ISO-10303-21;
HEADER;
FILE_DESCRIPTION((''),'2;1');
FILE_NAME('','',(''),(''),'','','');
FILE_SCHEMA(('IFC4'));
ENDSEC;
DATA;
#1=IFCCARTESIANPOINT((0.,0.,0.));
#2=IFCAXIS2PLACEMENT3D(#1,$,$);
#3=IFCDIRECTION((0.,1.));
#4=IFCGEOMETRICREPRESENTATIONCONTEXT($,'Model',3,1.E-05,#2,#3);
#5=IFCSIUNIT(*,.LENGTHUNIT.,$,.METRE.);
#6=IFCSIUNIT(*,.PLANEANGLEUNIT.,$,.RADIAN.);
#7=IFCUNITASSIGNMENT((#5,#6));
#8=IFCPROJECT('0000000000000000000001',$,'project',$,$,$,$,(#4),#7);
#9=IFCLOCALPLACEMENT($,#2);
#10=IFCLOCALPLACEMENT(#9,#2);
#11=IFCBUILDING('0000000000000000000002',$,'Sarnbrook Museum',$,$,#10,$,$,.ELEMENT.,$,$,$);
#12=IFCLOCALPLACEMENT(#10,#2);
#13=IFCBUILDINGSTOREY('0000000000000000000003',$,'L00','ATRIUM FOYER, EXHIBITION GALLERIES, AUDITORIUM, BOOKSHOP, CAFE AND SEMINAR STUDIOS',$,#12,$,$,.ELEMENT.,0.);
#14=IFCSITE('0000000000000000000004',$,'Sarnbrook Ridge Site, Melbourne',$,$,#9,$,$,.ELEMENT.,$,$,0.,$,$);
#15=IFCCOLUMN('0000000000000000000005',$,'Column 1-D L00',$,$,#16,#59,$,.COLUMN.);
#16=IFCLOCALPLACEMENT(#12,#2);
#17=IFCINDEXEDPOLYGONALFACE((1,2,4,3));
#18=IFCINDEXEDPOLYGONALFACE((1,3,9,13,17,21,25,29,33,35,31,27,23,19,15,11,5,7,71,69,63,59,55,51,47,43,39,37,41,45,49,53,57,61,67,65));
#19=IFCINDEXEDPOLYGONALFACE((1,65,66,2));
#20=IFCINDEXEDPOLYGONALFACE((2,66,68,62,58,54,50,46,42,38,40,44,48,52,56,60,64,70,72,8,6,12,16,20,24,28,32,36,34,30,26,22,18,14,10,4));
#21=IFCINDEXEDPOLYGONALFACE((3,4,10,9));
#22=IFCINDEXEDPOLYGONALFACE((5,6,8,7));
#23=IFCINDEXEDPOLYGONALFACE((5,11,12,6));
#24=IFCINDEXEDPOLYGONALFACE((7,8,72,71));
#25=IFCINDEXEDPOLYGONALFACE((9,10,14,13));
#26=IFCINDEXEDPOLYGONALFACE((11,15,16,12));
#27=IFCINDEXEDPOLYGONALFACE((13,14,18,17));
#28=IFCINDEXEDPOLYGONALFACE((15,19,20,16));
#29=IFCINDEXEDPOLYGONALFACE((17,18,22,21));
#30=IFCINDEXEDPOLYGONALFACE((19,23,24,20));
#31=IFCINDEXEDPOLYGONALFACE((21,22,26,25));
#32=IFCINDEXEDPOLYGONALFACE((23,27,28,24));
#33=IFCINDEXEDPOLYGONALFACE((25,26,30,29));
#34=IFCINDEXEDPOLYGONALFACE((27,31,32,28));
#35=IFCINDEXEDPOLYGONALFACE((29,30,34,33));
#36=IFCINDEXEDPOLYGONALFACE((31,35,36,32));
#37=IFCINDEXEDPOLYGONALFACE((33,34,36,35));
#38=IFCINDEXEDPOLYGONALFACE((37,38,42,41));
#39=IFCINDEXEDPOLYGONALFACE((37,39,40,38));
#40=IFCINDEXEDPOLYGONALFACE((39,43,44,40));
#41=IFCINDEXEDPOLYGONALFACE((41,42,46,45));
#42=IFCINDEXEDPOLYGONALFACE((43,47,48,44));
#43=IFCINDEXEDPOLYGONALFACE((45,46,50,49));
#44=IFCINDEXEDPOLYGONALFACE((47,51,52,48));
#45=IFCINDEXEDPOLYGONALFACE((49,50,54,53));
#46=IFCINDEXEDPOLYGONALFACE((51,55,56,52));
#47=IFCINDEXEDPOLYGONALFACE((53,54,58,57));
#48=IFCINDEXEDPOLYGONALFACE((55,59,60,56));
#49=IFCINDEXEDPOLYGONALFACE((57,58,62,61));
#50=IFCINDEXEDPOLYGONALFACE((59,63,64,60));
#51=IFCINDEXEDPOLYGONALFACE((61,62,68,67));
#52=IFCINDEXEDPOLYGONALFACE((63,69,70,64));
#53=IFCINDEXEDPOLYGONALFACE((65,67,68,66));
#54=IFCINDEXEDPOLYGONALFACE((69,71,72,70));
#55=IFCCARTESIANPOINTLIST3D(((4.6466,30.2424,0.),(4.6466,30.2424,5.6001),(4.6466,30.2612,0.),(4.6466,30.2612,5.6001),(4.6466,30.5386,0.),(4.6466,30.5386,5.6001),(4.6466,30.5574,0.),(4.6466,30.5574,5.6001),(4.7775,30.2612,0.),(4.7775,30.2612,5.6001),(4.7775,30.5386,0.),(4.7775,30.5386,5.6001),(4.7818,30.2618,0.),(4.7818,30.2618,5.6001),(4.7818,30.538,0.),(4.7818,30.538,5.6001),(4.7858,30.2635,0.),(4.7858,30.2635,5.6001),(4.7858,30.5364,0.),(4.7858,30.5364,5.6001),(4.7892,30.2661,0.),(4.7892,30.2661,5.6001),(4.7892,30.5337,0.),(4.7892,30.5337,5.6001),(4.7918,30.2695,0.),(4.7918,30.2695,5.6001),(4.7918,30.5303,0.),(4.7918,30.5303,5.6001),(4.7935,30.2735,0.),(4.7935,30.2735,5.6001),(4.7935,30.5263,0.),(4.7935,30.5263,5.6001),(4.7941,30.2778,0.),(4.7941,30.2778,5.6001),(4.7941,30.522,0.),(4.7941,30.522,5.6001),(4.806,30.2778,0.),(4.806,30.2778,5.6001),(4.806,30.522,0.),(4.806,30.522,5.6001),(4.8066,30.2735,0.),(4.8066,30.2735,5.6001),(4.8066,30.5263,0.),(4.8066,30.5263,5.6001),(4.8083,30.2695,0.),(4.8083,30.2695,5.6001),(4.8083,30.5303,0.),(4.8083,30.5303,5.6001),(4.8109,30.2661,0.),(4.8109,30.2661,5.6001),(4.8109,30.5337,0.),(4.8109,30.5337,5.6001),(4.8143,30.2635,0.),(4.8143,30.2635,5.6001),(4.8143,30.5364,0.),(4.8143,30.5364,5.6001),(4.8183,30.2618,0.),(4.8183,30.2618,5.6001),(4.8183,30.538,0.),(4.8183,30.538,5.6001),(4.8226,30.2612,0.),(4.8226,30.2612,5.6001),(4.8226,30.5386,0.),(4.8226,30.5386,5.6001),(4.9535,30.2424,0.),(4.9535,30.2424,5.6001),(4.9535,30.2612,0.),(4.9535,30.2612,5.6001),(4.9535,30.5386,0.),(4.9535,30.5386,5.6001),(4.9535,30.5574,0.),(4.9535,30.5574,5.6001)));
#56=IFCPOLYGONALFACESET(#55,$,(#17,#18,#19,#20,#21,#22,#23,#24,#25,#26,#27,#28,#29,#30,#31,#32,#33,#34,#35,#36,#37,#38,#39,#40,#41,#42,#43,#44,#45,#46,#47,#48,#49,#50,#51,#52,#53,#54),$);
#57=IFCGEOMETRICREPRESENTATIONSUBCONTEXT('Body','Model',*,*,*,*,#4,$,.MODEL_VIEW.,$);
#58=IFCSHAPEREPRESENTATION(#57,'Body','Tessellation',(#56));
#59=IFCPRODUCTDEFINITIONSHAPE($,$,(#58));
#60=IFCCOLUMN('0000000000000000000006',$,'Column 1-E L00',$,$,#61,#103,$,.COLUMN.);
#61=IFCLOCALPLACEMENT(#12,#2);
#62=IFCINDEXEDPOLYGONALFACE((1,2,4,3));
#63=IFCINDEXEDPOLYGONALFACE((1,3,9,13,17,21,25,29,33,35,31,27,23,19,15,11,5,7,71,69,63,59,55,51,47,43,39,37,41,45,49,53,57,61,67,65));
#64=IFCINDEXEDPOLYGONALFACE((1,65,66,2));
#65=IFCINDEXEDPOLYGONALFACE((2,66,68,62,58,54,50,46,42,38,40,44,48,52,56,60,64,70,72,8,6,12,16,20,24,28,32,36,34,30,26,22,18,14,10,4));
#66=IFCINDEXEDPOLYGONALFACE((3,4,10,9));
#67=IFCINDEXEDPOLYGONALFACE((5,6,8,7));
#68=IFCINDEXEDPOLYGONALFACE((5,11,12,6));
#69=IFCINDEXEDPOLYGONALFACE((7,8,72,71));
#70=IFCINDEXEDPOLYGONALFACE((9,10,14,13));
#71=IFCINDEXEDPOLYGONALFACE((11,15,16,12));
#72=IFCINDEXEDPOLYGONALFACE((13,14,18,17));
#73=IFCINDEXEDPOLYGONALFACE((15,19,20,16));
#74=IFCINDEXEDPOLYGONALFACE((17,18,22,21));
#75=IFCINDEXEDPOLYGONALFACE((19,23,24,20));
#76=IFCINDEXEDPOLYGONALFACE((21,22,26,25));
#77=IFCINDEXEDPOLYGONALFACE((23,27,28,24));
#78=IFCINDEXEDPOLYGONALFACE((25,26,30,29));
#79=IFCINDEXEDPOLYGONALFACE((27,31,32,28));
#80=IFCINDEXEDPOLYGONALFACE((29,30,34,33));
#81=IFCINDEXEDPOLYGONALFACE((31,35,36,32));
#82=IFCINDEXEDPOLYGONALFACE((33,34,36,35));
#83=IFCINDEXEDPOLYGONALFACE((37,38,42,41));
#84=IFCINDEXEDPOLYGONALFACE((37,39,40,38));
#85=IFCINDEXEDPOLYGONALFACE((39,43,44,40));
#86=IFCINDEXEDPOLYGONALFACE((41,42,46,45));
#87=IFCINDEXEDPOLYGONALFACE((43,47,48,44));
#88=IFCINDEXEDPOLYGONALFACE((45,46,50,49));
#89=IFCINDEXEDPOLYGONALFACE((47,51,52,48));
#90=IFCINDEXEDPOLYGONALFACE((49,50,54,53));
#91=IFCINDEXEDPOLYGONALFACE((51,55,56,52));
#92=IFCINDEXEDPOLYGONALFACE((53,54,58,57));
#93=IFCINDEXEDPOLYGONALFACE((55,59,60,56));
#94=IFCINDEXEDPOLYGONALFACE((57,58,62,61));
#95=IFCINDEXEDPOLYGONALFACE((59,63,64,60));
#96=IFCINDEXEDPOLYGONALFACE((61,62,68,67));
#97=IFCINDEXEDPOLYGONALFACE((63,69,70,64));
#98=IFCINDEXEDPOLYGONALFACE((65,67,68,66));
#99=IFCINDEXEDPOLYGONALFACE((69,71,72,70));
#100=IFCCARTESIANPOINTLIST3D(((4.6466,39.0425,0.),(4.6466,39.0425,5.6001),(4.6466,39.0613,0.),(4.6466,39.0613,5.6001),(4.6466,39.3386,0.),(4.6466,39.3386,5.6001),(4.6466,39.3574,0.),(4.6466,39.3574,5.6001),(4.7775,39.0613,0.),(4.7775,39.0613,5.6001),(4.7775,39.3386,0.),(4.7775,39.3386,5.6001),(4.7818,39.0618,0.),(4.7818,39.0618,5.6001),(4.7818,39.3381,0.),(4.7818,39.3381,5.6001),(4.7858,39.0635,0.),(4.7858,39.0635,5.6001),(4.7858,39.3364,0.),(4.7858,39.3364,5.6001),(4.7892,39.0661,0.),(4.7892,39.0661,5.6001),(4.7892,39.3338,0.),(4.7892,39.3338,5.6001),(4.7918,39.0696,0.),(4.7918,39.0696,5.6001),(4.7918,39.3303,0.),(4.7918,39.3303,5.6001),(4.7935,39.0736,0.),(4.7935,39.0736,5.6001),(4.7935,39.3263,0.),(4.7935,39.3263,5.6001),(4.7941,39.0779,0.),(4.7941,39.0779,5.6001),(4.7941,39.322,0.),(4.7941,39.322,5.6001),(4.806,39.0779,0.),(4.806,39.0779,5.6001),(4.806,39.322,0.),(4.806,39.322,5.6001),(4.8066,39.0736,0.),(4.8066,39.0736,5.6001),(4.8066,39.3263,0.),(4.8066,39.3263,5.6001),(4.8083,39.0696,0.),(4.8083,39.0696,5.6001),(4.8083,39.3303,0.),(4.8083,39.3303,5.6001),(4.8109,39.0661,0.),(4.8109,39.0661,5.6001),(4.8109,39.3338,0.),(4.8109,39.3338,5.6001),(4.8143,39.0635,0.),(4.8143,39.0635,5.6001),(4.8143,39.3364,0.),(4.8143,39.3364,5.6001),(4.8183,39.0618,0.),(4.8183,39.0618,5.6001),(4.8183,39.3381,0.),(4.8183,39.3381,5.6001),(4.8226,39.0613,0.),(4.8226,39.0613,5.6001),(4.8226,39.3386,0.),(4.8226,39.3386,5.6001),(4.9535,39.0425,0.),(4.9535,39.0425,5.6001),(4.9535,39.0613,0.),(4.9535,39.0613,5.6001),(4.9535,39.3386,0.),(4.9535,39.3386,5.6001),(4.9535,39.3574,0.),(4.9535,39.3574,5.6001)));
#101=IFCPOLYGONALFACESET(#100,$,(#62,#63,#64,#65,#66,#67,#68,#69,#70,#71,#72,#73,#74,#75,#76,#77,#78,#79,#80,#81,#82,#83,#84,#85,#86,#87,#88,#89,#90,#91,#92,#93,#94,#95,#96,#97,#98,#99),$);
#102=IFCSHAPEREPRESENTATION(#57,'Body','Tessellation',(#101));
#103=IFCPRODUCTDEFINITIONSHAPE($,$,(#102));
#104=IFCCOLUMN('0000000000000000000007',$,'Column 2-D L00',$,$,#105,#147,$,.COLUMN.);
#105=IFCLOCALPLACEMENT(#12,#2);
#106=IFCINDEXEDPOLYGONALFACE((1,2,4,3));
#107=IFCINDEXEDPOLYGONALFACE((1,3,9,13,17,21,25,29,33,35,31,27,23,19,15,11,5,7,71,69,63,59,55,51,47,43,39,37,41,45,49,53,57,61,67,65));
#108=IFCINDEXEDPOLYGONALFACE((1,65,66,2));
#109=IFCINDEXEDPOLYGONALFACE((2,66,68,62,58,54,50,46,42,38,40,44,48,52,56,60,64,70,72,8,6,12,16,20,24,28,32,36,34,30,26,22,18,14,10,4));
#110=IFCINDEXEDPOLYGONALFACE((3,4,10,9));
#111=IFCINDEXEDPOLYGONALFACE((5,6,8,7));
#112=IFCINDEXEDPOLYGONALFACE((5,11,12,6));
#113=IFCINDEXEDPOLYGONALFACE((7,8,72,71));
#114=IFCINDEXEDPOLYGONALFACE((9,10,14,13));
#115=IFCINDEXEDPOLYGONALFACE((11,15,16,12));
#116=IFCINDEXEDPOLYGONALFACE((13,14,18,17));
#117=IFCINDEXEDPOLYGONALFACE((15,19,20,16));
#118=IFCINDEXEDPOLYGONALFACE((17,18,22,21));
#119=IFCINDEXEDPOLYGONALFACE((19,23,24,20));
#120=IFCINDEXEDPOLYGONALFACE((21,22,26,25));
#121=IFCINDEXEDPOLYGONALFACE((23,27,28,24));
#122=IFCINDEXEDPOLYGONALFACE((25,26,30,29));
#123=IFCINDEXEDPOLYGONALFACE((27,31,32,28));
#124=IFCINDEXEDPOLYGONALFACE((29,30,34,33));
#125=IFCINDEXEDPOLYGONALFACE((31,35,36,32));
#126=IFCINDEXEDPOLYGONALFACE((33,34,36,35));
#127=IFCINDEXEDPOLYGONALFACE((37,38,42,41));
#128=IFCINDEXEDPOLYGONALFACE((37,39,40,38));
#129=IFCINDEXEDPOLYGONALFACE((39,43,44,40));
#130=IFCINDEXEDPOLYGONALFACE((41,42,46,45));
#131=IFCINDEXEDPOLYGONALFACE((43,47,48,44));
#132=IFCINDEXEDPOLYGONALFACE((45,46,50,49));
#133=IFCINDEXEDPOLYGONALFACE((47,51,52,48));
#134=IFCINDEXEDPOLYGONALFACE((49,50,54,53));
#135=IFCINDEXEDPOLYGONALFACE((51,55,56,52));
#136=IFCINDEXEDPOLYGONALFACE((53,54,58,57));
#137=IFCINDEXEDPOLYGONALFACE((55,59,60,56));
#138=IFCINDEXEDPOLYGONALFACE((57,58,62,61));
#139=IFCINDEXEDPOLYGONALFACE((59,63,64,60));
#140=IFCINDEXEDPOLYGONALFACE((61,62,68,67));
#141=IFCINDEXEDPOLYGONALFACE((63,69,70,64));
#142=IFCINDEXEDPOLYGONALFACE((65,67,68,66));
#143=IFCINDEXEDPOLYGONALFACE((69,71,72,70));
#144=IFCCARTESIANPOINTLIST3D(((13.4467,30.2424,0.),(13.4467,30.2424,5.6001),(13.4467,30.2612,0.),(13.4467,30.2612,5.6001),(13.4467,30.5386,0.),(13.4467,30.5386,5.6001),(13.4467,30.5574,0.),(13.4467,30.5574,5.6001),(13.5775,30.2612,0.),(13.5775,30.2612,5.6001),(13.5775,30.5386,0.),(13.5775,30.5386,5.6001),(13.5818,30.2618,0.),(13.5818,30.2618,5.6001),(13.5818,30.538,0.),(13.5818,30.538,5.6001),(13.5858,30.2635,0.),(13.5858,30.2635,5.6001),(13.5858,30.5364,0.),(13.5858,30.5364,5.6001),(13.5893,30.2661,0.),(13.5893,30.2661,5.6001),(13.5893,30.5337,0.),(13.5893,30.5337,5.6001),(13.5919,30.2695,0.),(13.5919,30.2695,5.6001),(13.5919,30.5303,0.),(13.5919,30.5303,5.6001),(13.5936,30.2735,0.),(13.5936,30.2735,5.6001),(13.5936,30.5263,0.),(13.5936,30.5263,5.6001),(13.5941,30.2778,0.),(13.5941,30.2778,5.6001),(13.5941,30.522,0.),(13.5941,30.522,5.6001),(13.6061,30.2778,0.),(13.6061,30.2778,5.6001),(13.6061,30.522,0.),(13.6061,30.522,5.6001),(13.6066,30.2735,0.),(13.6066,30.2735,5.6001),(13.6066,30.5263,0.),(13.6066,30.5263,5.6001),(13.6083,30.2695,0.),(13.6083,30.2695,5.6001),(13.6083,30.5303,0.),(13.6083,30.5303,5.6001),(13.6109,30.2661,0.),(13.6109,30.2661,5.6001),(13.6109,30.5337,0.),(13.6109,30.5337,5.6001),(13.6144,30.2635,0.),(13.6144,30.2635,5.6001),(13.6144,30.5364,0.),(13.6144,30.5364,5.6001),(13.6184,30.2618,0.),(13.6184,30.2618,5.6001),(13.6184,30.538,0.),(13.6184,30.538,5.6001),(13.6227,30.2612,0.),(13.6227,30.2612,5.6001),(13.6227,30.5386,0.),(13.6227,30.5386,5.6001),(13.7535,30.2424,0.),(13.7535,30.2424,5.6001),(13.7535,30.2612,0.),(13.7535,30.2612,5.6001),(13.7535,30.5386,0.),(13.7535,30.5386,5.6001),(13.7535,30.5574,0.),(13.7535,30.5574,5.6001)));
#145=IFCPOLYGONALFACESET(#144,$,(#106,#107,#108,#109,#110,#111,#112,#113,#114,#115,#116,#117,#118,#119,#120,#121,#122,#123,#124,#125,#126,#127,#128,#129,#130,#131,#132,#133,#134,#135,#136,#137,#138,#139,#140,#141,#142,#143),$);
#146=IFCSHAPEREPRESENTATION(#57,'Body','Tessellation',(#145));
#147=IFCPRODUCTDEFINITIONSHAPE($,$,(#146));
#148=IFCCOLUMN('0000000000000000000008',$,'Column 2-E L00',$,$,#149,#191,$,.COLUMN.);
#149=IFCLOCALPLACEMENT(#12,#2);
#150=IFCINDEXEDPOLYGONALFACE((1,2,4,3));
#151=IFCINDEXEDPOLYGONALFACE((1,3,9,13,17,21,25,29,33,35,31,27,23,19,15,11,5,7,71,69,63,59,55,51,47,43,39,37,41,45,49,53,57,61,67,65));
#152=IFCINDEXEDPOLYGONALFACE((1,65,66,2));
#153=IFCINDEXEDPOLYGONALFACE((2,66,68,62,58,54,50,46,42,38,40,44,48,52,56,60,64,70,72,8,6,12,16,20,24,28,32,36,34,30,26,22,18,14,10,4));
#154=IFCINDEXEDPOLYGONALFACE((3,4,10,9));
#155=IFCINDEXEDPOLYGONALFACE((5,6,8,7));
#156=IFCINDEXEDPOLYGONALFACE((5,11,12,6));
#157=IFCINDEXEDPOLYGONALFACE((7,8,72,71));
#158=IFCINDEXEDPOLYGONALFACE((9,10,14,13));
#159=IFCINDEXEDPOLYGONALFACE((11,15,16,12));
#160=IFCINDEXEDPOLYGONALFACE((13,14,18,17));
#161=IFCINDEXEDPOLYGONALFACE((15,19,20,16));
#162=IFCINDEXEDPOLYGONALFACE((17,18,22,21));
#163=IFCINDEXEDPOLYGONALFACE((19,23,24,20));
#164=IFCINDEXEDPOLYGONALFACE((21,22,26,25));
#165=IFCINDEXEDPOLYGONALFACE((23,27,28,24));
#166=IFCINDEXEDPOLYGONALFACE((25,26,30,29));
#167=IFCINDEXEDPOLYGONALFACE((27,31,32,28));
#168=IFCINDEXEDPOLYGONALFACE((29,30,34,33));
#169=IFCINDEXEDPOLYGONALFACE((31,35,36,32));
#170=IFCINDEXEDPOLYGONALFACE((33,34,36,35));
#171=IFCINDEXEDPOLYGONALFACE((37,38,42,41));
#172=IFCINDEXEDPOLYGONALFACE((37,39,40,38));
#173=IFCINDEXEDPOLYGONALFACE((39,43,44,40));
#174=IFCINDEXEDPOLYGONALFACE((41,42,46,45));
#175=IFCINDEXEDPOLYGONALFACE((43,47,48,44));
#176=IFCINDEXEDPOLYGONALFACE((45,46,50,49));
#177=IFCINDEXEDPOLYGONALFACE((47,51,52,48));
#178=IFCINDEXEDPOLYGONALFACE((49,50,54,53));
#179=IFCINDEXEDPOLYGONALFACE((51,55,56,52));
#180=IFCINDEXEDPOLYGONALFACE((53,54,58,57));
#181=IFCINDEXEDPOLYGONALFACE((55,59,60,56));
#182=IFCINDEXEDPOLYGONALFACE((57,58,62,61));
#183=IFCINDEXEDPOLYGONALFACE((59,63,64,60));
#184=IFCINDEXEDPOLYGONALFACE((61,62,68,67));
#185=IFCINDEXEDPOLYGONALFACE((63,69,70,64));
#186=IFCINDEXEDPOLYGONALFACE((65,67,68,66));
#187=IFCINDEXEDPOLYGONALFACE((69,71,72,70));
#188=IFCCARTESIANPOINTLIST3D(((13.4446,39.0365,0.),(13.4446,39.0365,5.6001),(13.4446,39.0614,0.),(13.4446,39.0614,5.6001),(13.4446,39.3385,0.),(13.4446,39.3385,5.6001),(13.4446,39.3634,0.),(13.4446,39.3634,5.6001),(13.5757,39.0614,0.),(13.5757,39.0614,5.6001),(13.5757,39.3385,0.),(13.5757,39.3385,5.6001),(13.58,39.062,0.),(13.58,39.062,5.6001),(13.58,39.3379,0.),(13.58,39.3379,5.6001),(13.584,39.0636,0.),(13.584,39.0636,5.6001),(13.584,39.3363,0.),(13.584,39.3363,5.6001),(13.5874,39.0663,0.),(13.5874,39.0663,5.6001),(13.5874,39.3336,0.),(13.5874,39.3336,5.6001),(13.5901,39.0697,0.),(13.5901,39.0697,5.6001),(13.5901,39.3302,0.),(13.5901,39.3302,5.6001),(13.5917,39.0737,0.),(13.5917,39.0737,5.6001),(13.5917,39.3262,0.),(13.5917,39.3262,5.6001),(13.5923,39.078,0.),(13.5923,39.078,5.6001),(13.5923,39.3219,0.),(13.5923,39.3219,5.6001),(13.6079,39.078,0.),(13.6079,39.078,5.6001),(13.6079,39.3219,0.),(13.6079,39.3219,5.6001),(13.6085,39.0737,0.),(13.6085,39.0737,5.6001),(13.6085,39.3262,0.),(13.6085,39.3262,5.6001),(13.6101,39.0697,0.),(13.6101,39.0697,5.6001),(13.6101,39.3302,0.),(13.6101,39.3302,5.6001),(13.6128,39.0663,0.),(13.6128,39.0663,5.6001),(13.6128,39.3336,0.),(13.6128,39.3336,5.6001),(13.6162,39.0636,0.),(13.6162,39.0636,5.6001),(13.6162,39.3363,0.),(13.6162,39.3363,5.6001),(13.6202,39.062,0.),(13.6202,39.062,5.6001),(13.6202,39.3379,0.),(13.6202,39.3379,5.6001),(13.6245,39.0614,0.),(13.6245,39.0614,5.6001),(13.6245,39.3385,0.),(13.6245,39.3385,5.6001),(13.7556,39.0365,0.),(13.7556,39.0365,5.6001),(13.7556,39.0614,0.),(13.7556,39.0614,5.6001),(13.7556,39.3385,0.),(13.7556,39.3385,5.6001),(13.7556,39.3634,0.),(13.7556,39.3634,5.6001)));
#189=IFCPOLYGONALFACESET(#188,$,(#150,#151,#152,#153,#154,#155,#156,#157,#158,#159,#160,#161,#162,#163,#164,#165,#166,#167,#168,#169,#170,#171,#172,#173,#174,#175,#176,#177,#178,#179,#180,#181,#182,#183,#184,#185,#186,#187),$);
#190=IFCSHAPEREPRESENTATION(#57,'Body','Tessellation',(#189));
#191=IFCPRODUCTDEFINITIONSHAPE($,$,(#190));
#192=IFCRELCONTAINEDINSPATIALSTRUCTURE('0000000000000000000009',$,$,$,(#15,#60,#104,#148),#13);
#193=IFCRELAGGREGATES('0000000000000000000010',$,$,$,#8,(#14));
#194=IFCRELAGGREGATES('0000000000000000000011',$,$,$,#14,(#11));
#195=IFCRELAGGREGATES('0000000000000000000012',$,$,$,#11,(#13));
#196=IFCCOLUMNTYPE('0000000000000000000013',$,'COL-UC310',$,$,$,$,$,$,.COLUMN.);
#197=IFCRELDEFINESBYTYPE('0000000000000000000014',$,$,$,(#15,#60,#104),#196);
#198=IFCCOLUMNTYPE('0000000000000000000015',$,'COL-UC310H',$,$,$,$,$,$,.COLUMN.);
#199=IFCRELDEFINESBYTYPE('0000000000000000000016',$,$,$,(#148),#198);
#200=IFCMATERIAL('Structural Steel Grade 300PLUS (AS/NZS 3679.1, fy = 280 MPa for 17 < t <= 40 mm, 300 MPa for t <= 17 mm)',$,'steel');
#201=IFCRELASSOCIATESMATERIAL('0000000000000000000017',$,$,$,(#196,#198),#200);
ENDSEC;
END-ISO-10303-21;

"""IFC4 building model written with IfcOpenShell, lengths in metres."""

from ifc_helpers import new_model, si_unit, direction, frame, origin, origin_2d, place, context, subcontext, project, spatial, i_section, extrude, material, material_profile, profile_set, type_object, element, save


model = new_model("IFC4")

# Units and contexts
model_context = context("Model", 3, precision=1e-05, world=origin(), true_north=direction((0.0, 1.0)))
body_context = subcontext(model_context, "Body", "Model", "MODEL_VIEW")
ifc_project = project(units=[si_unit("LENGTHUNIT", "METRE"), si_unit("PLANEANGLEUNIT", "RADIAN")], contexts=[model_context])

# Site, building, storey
site_placement = place(None, origin())
site = spatial("IfcSite", under=ifc_project, at=site_placement, Name="Sarnbrook Ridge Site, Melbourne", CompositionType="ELEMENT", RefElevation=0.0)
building_placement = place(site_placement, origin())
building = spatial("IfcBuilding", under=site, at=building_placement, Name="Sarnbrook Museum", CompositionType="ELEMENT")
storey_placement = place(building_placement, origin())
storey = spatial("IfcBuildingStorey", under=building, at=storey_placement, Name="L00", Description="ATRIUM FOYER, EXHIBITION GALLERIES, AUDITORIUM, BOOKSHOP, CAFE AND SEMINAR STUDIOS", CompositionType="ELEMENT", Elevation=0.0)

# Columns
ifc_material_1 = material(Name="Structural Steel Grade 300PLUS (AS/NZS 3679.1, fy = 280 MPa for 17 < t <= 40 mm, 300 MPa for t <= 17 mm)", Category="steel")
ifc_material_profile_1 = material_profile(ifc_material_1, i_section(OverallWidth=0.3069, OverallDepth=0.3149, WebThickness=0.012, FlangeThickness=0.0188, FilletRadius=0.0166, at=origin_2d()), Name="310UC118")
ifc_profile_set_1 = profile_set([ifc_material_profile_1], Name="Structural Steel Grade 300PLUS (AS/NZS 3679.1, fy = 280 MPa for 17 < t <= 40 mm, 300 MPa for t <= 17 mm)")
column_type_1 = type_object("IfcColumnType", Name="COL-UC310", PredefinedType="COLUMN", material=ifc_profile_set_1)
for number, where, z_axis, x_axis, name in (
    (1, (4.8, 30.3999, 0.0), (0.0, 0.0, 1.0), (1.0, 0.0, 0.0), "Column 1-D L00"),
    (2, (4.8, 39.2, 0.0), (0.0, 0.0, 1.0), (1.0, 0.0, 0.0), "Column 1-E L00"),
    (3, (13.6001, 30.3999, 0.0), (0.0, 0.0, 1.0), (1.0, 0.0, 0.0), "Column 2-D L00"),
):
    element("IfcColumn", number, at=place(storey_placement, frame(where, z_axis=z_axis, x_axis=x_axis)), inside=storey, type_object=column_type_1, Name=name, PredefinedType="COLUMN", context=body_context, shape_type="SweptSolid", body=[
        extrude(i_section(OverallWidth=0.3069, OverallDepth=0.3149, WebThickness=0.012, FlangeThickness=0.0188, FilletRadius=0.0166, at=origin_2d()), origin(), (0.0, 0.0, 1.0), 5.6001),
    ])
ifc_material_profile_2 = material_profile(ifc_material_1, i_section(OverallWidth=0.311, OverallDepth=0.3269, WebThickness=0.0156, FlangeThickness=0.0249, FilletRadius=0.0166, at=origin_2d()), Name="310UC158")
ifc_profile_set_2 = profile_set([ifc_material_profile_2], Name="Structural Steel Grade 300PLUS (AS/NZS 3679.1, fy = 280 MPa for 17 < t <= 40 mm, 300 MPa for t <= 17 mm)")
column_type_2 = type_object("IfcColumnType", Name="COL-UC310H", PredefinedType="COLUMN", material=ifc_profile_set_2)
column_placement = place(storey_placement, frame((13.6001, 39.2, 0.0), z_axis=(0.0, 0.0, 1.0), x_axis=(1.0, 0.0, 0.0)))
element("IfcColumn", 4, at=column_placement, inside=storey, type_object=column_type_2, Name="Column 2-E L00", PredefinedType="COLUMN", context=body_context, shape_type="SweptSolid", body=[
    extrude(i_section(OverallWidth=0.311, OverallDepth=0.3269, WebThickness=0.0156, FlangeThickness=0.0249, FilletRadius=0.0166, at=origin_2d()), origin(), (0.0, 0.0, 1.0), 5.6001),
])

save(model, "model.ifc")
